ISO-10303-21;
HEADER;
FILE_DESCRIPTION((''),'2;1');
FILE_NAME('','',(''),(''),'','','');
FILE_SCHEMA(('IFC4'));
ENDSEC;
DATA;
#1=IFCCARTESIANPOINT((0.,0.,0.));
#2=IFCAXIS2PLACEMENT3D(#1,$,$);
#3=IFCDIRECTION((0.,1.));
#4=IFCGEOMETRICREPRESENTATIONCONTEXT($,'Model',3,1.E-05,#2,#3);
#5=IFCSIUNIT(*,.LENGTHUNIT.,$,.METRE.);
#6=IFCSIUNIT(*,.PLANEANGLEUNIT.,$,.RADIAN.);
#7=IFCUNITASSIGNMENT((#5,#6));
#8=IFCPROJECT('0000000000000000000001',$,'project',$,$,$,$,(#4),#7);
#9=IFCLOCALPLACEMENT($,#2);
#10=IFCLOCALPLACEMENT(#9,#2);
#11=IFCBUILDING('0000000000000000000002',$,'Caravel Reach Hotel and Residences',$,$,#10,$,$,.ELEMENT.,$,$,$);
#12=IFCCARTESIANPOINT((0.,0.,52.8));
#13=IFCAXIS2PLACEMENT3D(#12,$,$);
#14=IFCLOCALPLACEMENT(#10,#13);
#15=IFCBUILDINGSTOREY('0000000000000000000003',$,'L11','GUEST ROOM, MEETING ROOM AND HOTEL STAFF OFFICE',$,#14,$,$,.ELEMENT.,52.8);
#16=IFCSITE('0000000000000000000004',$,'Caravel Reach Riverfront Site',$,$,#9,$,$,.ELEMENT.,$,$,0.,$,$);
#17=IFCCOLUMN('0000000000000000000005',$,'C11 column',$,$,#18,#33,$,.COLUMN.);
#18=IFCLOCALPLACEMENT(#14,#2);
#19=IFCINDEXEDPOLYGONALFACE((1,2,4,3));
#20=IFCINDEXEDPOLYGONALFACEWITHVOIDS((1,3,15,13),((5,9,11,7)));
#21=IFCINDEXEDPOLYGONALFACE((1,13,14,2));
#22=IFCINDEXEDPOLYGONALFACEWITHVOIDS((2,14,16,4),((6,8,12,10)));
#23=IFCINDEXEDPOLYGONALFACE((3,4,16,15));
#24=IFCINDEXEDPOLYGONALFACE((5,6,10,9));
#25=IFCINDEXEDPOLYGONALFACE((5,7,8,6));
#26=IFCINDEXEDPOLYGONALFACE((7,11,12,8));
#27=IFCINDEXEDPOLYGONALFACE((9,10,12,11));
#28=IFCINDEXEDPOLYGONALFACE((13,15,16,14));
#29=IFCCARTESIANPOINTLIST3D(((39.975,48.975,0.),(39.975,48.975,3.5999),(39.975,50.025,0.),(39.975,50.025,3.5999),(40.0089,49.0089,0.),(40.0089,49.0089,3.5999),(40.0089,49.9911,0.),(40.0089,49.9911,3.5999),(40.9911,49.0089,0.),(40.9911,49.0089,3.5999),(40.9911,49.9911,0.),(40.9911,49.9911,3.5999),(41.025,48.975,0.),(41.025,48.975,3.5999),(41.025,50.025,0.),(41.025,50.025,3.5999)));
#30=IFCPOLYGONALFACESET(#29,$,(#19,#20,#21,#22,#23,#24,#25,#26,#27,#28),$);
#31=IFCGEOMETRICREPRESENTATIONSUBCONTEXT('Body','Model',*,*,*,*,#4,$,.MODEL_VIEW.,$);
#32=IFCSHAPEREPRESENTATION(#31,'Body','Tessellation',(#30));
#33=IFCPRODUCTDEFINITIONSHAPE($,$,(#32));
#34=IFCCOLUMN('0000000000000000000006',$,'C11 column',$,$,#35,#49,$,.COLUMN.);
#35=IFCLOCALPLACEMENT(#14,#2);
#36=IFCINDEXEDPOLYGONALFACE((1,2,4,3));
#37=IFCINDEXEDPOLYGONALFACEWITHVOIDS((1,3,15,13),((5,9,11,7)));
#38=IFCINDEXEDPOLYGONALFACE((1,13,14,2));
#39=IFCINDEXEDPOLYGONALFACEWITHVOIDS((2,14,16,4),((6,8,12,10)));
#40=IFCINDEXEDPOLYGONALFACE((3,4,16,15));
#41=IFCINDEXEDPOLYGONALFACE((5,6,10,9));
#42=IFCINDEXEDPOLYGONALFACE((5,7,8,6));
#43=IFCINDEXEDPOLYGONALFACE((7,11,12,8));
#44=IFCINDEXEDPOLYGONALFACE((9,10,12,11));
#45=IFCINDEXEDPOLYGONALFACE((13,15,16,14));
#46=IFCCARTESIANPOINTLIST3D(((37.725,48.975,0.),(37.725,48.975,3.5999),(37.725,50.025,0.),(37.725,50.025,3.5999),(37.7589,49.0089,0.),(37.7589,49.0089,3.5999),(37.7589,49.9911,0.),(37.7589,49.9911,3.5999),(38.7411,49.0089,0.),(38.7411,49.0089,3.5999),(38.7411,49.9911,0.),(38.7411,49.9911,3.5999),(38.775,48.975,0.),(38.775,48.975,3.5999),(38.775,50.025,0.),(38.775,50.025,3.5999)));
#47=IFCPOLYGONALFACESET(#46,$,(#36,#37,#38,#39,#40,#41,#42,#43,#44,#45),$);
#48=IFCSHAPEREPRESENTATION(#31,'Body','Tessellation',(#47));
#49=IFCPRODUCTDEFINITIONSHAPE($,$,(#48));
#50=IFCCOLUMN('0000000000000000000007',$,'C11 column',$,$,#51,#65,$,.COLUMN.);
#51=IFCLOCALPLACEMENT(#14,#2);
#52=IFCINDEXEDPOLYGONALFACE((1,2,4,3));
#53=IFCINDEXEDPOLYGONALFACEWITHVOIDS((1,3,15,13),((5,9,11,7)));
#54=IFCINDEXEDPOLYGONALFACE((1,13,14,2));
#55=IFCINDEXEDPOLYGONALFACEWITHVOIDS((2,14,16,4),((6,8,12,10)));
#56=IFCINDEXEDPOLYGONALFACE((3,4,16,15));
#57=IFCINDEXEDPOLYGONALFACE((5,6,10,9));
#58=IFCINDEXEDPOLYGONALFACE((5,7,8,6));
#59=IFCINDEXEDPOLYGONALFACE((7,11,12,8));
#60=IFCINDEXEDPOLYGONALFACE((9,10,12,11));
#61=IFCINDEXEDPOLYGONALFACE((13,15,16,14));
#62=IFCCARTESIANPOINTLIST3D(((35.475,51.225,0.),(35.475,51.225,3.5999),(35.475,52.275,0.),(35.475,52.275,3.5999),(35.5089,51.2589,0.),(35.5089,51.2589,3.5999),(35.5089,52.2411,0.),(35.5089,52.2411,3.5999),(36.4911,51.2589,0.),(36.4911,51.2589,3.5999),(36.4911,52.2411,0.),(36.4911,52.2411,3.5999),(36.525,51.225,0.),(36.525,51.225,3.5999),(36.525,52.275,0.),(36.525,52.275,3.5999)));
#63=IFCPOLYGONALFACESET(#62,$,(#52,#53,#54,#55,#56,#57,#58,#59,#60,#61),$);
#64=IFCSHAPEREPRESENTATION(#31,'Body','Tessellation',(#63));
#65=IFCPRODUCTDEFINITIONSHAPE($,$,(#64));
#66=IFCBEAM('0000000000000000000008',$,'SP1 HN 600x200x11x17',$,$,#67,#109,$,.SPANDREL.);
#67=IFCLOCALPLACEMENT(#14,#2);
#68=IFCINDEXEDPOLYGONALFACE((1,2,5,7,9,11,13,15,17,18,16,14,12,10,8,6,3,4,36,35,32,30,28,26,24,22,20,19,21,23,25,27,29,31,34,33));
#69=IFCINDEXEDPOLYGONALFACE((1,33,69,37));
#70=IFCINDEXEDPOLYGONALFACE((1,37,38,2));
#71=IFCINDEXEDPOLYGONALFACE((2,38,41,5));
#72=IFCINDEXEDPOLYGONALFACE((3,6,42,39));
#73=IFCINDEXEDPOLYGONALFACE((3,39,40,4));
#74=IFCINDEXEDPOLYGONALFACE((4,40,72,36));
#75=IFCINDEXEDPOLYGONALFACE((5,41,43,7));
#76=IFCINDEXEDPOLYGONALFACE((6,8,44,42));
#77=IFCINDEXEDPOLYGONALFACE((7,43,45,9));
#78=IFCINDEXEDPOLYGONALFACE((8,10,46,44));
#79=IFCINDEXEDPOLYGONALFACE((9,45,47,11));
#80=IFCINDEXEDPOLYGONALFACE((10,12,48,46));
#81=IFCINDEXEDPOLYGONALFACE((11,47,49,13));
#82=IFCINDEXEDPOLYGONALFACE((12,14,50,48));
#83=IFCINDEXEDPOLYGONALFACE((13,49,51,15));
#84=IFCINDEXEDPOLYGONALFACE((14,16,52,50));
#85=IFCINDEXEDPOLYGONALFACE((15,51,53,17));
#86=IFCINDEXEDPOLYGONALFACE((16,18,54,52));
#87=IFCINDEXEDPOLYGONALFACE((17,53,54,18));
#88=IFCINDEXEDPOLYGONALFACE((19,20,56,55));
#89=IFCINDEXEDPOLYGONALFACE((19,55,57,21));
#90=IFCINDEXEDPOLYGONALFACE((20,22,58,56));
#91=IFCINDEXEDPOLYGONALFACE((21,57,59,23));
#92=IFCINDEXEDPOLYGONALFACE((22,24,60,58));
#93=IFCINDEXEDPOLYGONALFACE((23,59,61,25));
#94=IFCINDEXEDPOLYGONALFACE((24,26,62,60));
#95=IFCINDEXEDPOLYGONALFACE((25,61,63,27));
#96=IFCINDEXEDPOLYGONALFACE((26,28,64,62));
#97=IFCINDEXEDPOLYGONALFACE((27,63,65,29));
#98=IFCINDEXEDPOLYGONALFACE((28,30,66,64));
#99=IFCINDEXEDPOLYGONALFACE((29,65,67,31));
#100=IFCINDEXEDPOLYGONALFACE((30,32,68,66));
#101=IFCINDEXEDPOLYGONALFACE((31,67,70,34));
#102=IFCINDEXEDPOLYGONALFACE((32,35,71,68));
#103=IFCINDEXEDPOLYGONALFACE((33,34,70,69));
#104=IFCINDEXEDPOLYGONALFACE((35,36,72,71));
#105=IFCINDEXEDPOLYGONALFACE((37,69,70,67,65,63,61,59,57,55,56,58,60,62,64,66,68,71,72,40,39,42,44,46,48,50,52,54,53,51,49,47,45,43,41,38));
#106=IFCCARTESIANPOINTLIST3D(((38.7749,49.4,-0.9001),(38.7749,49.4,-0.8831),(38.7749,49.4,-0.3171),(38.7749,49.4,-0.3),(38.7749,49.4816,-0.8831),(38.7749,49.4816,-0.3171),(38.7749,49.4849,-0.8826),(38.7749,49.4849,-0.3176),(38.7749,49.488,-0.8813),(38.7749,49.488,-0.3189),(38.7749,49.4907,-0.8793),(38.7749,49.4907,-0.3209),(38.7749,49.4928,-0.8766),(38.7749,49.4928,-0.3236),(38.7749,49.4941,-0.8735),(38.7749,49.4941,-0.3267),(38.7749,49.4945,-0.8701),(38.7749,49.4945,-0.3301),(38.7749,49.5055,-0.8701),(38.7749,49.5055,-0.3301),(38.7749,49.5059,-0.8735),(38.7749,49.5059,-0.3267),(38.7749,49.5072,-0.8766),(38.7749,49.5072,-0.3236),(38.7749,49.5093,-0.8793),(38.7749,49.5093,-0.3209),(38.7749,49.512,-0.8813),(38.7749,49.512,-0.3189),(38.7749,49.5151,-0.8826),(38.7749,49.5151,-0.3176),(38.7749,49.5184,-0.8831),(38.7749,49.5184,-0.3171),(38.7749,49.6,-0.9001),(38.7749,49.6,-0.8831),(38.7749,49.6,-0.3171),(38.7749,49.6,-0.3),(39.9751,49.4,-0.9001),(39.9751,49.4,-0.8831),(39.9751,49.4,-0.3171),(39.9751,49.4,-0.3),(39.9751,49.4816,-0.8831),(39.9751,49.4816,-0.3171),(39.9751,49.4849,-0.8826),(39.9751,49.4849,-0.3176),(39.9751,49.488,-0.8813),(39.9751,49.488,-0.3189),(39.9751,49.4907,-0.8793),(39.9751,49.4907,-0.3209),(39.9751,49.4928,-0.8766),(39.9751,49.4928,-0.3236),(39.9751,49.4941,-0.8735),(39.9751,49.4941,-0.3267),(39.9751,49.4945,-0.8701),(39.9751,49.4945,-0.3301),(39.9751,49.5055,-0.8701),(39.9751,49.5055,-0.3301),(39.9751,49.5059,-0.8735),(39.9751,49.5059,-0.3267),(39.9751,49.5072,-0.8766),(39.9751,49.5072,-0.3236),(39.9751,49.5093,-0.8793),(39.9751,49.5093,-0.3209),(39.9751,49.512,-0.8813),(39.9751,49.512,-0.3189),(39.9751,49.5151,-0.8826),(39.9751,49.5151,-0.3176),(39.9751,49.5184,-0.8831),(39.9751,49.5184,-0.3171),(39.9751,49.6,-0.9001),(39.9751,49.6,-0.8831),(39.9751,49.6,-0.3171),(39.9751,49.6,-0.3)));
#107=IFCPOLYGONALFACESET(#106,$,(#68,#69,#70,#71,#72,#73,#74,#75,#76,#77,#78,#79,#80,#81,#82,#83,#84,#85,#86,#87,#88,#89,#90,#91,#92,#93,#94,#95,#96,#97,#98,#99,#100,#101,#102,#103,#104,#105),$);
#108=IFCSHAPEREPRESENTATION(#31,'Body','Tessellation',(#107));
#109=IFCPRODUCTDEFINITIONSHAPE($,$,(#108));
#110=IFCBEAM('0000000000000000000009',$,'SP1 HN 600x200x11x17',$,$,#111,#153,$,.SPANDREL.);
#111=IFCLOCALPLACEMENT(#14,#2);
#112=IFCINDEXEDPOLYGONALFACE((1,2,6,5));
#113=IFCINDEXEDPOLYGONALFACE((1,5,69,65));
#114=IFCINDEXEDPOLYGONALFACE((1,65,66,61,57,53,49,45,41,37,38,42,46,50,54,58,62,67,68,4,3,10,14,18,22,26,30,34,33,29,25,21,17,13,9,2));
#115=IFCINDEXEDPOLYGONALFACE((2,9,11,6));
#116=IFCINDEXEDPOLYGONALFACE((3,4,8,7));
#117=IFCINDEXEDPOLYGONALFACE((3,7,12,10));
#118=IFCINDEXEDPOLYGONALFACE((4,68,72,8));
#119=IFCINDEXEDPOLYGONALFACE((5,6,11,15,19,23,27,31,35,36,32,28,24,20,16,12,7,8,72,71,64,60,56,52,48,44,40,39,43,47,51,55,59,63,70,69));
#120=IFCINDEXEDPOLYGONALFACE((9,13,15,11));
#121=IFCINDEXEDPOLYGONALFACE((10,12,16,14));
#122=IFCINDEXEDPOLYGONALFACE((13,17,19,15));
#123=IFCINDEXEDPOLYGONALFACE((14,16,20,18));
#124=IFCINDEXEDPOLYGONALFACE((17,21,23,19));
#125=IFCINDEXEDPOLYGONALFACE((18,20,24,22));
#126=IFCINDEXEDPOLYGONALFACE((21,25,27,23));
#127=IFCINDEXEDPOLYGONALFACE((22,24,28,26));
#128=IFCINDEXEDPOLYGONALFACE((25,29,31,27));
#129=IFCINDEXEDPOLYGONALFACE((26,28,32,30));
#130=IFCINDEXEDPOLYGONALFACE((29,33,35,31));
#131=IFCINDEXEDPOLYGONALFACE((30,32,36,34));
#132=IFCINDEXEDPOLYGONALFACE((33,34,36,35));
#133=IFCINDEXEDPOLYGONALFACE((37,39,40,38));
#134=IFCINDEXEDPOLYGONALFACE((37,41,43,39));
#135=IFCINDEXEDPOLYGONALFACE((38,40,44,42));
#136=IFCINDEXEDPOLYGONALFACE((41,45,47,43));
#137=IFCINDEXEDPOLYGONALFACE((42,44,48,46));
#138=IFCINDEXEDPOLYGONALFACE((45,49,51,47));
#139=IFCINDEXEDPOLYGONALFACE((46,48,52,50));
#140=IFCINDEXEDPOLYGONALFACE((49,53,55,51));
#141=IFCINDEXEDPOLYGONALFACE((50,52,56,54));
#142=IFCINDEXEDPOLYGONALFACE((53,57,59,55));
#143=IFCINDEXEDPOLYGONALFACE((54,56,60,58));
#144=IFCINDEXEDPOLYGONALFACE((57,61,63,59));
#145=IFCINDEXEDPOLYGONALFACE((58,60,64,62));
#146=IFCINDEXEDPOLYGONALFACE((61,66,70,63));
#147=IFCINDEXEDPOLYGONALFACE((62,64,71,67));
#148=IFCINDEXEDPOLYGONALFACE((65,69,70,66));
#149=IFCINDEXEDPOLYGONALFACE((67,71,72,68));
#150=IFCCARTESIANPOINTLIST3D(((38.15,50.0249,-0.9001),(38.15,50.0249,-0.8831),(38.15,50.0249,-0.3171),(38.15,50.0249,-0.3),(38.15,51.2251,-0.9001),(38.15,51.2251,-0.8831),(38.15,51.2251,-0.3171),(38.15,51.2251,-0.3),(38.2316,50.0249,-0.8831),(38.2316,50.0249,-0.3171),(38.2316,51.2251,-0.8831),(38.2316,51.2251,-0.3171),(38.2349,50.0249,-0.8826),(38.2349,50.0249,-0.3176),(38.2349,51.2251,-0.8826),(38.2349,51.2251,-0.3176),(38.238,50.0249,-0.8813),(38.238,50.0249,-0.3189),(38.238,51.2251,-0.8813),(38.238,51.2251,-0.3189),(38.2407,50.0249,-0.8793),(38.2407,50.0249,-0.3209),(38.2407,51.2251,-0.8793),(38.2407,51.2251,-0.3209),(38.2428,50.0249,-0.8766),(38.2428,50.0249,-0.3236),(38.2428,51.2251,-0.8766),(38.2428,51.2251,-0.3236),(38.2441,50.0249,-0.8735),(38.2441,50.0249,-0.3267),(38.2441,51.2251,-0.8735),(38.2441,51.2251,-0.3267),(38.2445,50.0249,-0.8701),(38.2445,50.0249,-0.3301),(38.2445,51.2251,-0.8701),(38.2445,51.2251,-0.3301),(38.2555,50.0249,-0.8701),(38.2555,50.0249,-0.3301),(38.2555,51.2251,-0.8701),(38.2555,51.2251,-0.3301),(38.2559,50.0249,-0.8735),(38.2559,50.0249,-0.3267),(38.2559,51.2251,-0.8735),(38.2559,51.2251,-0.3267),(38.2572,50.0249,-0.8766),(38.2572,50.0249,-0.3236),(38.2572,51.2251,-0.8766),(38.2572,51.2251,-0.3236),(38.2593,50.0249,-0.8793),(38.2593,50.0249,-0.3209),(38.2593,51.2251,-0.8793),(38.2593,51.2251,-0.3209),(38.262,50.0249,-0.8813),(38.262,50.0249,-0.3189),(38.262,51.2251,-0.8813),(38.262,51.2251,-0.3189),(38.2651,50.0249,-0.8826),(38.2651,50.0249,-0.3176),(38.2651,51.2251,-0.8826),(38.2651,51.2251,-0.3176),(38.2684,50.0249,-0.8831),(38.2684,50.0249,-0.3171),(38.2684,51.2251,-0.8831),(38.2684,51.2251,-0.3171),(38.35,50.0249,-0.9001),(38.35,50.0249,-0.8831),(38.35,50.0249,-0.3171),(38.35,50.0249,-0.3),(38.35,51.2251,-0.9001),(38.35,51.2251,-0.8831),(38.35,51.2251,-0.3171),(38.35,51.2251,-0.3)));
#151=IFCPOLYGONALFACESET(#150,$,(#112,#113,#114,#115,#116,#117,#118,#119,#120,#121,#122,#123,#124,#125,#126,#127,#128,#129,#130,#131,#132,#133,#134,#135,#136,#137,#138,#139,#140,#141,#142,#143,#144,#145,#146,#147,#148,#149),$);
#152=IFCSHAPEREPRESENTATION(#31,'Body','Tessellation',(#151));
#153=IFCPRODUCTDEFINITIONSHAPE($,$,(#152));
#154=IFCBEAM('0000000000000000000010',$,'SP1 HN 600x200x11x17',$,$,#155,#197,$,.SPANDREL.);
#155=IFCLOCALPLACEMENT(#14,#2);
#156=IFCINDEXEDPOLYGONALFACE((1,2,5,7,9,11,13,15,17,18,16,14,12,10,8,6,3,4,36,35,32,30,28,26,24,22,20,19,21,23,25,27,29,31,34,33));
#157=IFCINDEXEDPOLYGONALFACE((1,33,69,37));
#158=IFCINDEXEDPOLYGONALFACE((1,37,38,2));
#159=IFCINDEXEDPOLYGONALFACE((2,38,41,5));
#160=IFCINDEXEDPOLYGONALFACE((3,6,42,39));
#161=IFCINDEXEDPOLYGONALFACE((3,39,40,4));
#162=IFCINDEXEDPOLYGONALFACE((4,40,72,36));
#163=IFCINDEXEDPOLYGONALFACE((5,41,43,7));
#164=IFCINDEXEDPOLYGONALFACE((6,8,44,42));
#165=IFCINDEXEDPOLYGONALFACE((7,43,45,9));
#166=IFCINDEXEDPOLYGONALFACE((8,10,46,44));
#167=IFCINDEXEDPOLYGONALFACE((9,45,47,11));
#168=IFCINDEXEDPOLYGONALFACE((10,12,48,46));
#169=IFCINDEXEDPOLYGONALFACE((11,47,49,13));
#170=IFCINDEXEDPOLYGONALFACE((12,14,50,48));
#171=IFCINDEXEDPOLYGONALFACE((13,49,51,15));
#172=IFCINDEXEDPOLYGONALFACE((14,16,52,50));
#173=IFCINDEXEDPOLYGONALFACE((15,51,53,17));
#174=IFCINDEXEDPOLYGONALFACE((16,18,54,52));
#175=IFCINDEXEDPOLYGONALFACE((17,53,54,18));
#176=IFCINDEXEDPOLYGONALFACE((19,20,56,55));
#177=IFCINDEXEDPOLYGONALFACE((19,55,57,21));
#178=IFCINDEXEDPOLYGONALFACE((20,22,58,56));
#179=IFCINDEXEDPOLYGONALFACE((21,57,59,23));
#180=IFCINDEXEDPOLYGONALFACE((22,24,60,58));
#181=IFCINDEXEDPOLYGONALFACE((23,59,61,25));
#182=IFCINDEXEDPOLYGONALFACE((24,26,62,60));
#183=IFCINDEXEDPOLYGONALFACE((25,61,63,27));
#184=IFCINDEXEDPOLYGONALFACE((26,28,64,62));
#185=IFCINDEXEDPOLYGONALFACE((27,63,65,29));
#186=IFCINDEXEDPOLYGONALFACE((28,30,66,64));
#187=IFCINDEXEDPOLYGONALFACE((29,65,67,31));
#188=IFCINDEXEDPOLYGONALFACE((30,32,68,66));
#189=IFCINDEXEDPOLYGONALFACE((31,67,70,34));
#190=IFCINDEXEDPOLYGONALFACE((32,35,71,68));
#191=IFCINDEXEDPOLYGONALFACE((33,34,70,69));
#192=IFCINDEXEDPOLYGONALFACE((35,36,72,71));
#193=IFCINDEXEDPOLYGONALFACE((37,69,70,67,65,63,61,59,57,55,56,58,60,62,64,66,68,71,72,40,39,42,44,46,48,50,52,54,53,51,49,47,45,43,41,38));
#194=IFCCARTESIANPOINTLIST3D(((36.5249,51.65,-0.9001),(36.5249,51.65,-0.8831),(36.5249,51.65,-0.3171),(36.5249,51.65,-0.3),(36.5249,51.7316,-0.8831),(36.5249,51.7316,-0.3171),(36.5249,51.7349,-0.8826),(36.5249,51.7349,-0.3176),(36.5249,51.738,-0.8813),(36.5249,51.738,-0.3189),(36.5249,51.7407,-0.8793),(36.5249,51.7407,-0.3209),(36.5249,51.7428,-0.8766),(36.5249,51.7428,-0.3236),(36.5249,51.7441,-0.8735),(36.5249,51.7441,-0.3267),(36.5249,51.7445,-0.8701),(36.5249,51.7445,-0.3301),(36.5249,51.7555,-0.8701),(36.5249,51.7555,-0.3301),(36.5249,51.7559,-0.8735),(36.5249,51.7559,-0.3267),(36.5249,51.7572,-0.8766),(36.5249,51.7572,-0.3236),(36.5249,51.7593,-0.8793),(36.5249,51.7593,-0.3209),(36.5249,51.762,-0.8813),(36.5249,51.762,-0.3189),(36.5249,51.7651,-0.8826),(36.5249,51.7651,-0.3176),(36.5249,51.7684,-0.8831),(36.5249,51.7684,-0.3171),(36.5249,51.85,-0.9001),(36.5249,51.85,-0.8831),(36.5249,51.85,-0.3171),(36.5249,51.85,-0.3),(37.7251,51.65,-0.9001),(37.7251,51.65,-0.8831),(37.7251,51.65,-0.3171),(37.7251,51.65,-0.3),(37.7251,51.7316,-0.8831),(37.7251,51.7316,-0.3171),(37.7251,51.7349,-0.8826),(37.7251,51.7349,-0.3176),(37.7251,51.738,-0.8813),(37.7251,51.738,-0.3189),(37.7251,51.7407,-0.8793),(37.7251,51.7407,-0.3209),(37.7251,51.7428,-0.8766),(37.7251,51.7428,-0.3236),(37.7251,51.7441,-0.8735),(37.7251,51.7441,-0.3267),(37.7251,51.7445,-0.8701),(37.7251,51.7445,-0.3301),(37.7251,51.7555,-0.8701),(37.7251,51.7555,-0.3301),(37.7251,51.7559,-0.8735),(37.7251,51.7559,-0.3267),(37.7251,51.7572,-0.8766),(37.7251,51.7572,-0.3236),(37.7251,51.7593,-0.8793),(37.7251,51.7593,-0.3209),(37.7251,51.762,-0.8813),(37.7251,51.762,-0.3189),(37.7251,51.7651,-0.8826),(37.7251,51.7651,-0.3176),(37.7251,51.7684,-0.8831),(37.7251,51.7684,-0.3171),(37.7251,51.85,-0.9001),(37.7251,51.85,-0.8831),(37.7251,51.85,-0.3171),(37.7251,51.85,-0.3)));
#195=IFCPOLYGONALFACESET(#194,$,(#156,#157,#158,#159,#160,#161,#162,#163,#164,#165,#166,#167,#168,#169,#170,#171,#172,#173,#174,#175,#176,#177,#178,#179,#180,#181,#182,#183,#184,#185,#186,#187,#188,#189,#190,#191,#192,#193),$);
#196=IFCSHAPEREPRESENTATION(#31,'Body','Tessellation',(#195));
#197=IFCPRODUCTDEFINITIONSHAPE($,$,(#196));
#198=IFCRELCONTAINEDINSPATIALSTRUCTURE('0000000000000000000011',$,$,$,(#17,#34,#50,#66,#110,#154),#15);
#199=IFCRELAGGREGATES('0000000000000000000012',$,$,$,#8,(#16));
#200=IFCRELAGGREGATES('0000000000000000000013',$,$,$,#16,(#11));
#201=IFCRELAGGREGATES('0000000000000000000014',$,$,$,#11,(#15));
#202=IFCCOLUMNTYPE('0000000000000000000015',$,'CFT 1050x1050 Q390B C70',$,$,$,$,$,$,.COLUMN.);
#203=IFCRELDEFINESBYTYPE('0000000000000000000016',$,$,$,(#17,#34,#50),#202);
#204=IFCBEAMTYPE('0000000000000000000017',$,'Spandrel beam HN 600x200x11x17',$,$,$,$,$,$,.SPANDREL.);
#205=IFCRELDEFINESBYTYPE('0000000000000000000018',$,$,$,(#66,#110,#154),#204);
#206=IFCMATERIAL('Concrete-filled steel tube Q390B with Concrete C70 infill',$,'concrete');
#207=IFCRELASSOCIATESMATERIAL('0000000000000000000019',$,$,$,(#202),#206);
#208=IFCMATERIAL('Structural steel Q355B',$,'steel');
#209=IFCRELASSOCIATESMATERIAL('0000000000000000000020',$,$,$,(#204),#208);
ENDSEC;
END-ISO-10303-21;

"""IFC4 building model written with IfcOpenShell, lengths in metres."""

from ifc_helpers import new_model, si_unit, direction, frame, origin, origin_2d, place, context, subcontext, project, spatial, hollow_rectangle, i_section, extrude, material, material_profile, profile_set, type_object, element, save


model = new_model("IFC4")

# Units and contexts
model_context = context("Model", 3, precision=1e-05, world=origin(), true_north=direction((0.0, 1.0)))
body_context = subcontext(model_context, "Body", "Model", "MODEL_VIEW")
ifc_project = project(units=[si_unit("LENGTHUNIT", "METRE"), si_unit("PLANEANGLEUNIT", "RADIAN")], contexts=[model_context])

# Site, building, storey
site_placement = place(None, origin())
site = spatial("IfcSite", under=ifc_project, at=site_placement, Name="Caravel Reach Riverfront Site", CompositionType="ELEMENT", RefElevation=0.0)
building_placement = place(site_placement, origin())
building = spatial("IfcBuilding", under=site, at=building_placement, Name="Caravel Reach Hotel and Residences", CompositionType="ELEMENT")
storey_placement = place(building_placement, frame((0.0, 0.0, 52.8)))
storey = spatial("IfcBuildingStorey", under=building, at=storey_placement, Name="L11", Description="GUEST ROOM, MEETING ROOM AND HOTEL STAFF OFFICE", CompositionType="ELEMENT", Elevation=52.8)

# Columns
ifc_material_1 = material(Name="Concrete-filled steel tube Q390B with Concrete C70 infill", Category="concrete")
ifc_material_profile_1 = material_profile(ifc_material_1, hollow_rectangle(XDim=1.05, YDim=1.05, WallThickness=0.0339, at=origin_2d()), Name="RHS 1050x1050x34")
ifc_profile_set_1 = profile_set([ifc_material_profile_1], Name="Concrete-filled steel tube Q390B with Concrete C70 infill")
column_type = type_object("IfcColumnType", Name="CFT 1050x1050 Q390B C70", PredefinedType="COLUMN", material=ifc_profile_set_1)
for number, where, z_axis, x_axis, name in (
    (1, (40.5, 49.5, 0.0), (0.0, 0.0, 1.0), (1.0, 0.0, 0.0), "C11 column"),
    (2, (38.25, 49.5, 0.0), (0.0, 0.0, 1.0), (1.0, 0.0, 0.0), "C11 column"),
    (3, (36.0, 51.75, 0.0), (0.0, 0.0, 1.0), (1.0, 0.0, 0.0), "C11 column"),
):
    element("IfcColumn", number, at=place(storey_placement, frame(where, z_axis=z_axis, x_axis=x_axis)), inside=storey, type_object=column_type, Name=name, PredefinedType="COLUMN", context=body_context, shape_type="SweptSolid", body=[
        extrude(hollow_rectangle(XDim=1.05, YDim=1.05, WallThickness=0.0339, at=origin_2d()), origin(), (0.0, 0.0, 1.0), 3.5999),
    ])

# Beams
ifc_material_2 = material(Name="Structural steel Q355B", Category="steel")
ifc_material_profile_2 = material_profile(ifc_material_2, i_section(OverallWidth=0.2, OverallDepth=0.6001, WebThickness=0.011, FlangeThickness=0.0171, FilletRadius=0.0129, at=origin_2d()), Name="HN 600x200x11x17")
ifc_profile_set_2 = profile_set([ifc_material_profile_2], Name="Structural steel Q355B")
beam_type = type_object("IfcBeamType", Name="Spandrel beam HN 600x200x11x17", PredefinedType="SPANDREL", material=ifc_profile_set_2)
for number, where, z_axis, x_axis, name in (
    (4, (39.9751, 49.5, -0.6001), (-1.0, 0.0, 0.0), (0.0, -1.0, 0.0), "SP1 HN 600x200x11x17"),
    (5, (38.25, 50.0249, -0.6001), (0.0, 1.0, 0.0), (-1.0, 0.0, 0.0), "SP1 HN 600x200x11x17"),
    (6, (37.7251, 51.75, -0.6001), (-1.0, 0.0, 0.0), (0.0, -1.0, 0.0), "SP1 HN 600x200x11x17"),
):
    element("IfcBeam", number, at=place(storey_placement, frame(where, z_axis=z_axis, x_axis=x_axis)), inside=storey, type_object=beam_type, Name=name, PredefinedType="SPANDREL", context=body_context, shape_type="SweptSolid", body=[
        extrude(i_section(OverallWidth=0.2, OverallDepth=0.6001, WebThickness=0.011, FlangeThickness=0.0171, FilletRadius=0.0129, at=origin_2d()), origin(), (0.0, 0.0, 1.0), 1.2002),
    ])

save(model, "model.ifc")
